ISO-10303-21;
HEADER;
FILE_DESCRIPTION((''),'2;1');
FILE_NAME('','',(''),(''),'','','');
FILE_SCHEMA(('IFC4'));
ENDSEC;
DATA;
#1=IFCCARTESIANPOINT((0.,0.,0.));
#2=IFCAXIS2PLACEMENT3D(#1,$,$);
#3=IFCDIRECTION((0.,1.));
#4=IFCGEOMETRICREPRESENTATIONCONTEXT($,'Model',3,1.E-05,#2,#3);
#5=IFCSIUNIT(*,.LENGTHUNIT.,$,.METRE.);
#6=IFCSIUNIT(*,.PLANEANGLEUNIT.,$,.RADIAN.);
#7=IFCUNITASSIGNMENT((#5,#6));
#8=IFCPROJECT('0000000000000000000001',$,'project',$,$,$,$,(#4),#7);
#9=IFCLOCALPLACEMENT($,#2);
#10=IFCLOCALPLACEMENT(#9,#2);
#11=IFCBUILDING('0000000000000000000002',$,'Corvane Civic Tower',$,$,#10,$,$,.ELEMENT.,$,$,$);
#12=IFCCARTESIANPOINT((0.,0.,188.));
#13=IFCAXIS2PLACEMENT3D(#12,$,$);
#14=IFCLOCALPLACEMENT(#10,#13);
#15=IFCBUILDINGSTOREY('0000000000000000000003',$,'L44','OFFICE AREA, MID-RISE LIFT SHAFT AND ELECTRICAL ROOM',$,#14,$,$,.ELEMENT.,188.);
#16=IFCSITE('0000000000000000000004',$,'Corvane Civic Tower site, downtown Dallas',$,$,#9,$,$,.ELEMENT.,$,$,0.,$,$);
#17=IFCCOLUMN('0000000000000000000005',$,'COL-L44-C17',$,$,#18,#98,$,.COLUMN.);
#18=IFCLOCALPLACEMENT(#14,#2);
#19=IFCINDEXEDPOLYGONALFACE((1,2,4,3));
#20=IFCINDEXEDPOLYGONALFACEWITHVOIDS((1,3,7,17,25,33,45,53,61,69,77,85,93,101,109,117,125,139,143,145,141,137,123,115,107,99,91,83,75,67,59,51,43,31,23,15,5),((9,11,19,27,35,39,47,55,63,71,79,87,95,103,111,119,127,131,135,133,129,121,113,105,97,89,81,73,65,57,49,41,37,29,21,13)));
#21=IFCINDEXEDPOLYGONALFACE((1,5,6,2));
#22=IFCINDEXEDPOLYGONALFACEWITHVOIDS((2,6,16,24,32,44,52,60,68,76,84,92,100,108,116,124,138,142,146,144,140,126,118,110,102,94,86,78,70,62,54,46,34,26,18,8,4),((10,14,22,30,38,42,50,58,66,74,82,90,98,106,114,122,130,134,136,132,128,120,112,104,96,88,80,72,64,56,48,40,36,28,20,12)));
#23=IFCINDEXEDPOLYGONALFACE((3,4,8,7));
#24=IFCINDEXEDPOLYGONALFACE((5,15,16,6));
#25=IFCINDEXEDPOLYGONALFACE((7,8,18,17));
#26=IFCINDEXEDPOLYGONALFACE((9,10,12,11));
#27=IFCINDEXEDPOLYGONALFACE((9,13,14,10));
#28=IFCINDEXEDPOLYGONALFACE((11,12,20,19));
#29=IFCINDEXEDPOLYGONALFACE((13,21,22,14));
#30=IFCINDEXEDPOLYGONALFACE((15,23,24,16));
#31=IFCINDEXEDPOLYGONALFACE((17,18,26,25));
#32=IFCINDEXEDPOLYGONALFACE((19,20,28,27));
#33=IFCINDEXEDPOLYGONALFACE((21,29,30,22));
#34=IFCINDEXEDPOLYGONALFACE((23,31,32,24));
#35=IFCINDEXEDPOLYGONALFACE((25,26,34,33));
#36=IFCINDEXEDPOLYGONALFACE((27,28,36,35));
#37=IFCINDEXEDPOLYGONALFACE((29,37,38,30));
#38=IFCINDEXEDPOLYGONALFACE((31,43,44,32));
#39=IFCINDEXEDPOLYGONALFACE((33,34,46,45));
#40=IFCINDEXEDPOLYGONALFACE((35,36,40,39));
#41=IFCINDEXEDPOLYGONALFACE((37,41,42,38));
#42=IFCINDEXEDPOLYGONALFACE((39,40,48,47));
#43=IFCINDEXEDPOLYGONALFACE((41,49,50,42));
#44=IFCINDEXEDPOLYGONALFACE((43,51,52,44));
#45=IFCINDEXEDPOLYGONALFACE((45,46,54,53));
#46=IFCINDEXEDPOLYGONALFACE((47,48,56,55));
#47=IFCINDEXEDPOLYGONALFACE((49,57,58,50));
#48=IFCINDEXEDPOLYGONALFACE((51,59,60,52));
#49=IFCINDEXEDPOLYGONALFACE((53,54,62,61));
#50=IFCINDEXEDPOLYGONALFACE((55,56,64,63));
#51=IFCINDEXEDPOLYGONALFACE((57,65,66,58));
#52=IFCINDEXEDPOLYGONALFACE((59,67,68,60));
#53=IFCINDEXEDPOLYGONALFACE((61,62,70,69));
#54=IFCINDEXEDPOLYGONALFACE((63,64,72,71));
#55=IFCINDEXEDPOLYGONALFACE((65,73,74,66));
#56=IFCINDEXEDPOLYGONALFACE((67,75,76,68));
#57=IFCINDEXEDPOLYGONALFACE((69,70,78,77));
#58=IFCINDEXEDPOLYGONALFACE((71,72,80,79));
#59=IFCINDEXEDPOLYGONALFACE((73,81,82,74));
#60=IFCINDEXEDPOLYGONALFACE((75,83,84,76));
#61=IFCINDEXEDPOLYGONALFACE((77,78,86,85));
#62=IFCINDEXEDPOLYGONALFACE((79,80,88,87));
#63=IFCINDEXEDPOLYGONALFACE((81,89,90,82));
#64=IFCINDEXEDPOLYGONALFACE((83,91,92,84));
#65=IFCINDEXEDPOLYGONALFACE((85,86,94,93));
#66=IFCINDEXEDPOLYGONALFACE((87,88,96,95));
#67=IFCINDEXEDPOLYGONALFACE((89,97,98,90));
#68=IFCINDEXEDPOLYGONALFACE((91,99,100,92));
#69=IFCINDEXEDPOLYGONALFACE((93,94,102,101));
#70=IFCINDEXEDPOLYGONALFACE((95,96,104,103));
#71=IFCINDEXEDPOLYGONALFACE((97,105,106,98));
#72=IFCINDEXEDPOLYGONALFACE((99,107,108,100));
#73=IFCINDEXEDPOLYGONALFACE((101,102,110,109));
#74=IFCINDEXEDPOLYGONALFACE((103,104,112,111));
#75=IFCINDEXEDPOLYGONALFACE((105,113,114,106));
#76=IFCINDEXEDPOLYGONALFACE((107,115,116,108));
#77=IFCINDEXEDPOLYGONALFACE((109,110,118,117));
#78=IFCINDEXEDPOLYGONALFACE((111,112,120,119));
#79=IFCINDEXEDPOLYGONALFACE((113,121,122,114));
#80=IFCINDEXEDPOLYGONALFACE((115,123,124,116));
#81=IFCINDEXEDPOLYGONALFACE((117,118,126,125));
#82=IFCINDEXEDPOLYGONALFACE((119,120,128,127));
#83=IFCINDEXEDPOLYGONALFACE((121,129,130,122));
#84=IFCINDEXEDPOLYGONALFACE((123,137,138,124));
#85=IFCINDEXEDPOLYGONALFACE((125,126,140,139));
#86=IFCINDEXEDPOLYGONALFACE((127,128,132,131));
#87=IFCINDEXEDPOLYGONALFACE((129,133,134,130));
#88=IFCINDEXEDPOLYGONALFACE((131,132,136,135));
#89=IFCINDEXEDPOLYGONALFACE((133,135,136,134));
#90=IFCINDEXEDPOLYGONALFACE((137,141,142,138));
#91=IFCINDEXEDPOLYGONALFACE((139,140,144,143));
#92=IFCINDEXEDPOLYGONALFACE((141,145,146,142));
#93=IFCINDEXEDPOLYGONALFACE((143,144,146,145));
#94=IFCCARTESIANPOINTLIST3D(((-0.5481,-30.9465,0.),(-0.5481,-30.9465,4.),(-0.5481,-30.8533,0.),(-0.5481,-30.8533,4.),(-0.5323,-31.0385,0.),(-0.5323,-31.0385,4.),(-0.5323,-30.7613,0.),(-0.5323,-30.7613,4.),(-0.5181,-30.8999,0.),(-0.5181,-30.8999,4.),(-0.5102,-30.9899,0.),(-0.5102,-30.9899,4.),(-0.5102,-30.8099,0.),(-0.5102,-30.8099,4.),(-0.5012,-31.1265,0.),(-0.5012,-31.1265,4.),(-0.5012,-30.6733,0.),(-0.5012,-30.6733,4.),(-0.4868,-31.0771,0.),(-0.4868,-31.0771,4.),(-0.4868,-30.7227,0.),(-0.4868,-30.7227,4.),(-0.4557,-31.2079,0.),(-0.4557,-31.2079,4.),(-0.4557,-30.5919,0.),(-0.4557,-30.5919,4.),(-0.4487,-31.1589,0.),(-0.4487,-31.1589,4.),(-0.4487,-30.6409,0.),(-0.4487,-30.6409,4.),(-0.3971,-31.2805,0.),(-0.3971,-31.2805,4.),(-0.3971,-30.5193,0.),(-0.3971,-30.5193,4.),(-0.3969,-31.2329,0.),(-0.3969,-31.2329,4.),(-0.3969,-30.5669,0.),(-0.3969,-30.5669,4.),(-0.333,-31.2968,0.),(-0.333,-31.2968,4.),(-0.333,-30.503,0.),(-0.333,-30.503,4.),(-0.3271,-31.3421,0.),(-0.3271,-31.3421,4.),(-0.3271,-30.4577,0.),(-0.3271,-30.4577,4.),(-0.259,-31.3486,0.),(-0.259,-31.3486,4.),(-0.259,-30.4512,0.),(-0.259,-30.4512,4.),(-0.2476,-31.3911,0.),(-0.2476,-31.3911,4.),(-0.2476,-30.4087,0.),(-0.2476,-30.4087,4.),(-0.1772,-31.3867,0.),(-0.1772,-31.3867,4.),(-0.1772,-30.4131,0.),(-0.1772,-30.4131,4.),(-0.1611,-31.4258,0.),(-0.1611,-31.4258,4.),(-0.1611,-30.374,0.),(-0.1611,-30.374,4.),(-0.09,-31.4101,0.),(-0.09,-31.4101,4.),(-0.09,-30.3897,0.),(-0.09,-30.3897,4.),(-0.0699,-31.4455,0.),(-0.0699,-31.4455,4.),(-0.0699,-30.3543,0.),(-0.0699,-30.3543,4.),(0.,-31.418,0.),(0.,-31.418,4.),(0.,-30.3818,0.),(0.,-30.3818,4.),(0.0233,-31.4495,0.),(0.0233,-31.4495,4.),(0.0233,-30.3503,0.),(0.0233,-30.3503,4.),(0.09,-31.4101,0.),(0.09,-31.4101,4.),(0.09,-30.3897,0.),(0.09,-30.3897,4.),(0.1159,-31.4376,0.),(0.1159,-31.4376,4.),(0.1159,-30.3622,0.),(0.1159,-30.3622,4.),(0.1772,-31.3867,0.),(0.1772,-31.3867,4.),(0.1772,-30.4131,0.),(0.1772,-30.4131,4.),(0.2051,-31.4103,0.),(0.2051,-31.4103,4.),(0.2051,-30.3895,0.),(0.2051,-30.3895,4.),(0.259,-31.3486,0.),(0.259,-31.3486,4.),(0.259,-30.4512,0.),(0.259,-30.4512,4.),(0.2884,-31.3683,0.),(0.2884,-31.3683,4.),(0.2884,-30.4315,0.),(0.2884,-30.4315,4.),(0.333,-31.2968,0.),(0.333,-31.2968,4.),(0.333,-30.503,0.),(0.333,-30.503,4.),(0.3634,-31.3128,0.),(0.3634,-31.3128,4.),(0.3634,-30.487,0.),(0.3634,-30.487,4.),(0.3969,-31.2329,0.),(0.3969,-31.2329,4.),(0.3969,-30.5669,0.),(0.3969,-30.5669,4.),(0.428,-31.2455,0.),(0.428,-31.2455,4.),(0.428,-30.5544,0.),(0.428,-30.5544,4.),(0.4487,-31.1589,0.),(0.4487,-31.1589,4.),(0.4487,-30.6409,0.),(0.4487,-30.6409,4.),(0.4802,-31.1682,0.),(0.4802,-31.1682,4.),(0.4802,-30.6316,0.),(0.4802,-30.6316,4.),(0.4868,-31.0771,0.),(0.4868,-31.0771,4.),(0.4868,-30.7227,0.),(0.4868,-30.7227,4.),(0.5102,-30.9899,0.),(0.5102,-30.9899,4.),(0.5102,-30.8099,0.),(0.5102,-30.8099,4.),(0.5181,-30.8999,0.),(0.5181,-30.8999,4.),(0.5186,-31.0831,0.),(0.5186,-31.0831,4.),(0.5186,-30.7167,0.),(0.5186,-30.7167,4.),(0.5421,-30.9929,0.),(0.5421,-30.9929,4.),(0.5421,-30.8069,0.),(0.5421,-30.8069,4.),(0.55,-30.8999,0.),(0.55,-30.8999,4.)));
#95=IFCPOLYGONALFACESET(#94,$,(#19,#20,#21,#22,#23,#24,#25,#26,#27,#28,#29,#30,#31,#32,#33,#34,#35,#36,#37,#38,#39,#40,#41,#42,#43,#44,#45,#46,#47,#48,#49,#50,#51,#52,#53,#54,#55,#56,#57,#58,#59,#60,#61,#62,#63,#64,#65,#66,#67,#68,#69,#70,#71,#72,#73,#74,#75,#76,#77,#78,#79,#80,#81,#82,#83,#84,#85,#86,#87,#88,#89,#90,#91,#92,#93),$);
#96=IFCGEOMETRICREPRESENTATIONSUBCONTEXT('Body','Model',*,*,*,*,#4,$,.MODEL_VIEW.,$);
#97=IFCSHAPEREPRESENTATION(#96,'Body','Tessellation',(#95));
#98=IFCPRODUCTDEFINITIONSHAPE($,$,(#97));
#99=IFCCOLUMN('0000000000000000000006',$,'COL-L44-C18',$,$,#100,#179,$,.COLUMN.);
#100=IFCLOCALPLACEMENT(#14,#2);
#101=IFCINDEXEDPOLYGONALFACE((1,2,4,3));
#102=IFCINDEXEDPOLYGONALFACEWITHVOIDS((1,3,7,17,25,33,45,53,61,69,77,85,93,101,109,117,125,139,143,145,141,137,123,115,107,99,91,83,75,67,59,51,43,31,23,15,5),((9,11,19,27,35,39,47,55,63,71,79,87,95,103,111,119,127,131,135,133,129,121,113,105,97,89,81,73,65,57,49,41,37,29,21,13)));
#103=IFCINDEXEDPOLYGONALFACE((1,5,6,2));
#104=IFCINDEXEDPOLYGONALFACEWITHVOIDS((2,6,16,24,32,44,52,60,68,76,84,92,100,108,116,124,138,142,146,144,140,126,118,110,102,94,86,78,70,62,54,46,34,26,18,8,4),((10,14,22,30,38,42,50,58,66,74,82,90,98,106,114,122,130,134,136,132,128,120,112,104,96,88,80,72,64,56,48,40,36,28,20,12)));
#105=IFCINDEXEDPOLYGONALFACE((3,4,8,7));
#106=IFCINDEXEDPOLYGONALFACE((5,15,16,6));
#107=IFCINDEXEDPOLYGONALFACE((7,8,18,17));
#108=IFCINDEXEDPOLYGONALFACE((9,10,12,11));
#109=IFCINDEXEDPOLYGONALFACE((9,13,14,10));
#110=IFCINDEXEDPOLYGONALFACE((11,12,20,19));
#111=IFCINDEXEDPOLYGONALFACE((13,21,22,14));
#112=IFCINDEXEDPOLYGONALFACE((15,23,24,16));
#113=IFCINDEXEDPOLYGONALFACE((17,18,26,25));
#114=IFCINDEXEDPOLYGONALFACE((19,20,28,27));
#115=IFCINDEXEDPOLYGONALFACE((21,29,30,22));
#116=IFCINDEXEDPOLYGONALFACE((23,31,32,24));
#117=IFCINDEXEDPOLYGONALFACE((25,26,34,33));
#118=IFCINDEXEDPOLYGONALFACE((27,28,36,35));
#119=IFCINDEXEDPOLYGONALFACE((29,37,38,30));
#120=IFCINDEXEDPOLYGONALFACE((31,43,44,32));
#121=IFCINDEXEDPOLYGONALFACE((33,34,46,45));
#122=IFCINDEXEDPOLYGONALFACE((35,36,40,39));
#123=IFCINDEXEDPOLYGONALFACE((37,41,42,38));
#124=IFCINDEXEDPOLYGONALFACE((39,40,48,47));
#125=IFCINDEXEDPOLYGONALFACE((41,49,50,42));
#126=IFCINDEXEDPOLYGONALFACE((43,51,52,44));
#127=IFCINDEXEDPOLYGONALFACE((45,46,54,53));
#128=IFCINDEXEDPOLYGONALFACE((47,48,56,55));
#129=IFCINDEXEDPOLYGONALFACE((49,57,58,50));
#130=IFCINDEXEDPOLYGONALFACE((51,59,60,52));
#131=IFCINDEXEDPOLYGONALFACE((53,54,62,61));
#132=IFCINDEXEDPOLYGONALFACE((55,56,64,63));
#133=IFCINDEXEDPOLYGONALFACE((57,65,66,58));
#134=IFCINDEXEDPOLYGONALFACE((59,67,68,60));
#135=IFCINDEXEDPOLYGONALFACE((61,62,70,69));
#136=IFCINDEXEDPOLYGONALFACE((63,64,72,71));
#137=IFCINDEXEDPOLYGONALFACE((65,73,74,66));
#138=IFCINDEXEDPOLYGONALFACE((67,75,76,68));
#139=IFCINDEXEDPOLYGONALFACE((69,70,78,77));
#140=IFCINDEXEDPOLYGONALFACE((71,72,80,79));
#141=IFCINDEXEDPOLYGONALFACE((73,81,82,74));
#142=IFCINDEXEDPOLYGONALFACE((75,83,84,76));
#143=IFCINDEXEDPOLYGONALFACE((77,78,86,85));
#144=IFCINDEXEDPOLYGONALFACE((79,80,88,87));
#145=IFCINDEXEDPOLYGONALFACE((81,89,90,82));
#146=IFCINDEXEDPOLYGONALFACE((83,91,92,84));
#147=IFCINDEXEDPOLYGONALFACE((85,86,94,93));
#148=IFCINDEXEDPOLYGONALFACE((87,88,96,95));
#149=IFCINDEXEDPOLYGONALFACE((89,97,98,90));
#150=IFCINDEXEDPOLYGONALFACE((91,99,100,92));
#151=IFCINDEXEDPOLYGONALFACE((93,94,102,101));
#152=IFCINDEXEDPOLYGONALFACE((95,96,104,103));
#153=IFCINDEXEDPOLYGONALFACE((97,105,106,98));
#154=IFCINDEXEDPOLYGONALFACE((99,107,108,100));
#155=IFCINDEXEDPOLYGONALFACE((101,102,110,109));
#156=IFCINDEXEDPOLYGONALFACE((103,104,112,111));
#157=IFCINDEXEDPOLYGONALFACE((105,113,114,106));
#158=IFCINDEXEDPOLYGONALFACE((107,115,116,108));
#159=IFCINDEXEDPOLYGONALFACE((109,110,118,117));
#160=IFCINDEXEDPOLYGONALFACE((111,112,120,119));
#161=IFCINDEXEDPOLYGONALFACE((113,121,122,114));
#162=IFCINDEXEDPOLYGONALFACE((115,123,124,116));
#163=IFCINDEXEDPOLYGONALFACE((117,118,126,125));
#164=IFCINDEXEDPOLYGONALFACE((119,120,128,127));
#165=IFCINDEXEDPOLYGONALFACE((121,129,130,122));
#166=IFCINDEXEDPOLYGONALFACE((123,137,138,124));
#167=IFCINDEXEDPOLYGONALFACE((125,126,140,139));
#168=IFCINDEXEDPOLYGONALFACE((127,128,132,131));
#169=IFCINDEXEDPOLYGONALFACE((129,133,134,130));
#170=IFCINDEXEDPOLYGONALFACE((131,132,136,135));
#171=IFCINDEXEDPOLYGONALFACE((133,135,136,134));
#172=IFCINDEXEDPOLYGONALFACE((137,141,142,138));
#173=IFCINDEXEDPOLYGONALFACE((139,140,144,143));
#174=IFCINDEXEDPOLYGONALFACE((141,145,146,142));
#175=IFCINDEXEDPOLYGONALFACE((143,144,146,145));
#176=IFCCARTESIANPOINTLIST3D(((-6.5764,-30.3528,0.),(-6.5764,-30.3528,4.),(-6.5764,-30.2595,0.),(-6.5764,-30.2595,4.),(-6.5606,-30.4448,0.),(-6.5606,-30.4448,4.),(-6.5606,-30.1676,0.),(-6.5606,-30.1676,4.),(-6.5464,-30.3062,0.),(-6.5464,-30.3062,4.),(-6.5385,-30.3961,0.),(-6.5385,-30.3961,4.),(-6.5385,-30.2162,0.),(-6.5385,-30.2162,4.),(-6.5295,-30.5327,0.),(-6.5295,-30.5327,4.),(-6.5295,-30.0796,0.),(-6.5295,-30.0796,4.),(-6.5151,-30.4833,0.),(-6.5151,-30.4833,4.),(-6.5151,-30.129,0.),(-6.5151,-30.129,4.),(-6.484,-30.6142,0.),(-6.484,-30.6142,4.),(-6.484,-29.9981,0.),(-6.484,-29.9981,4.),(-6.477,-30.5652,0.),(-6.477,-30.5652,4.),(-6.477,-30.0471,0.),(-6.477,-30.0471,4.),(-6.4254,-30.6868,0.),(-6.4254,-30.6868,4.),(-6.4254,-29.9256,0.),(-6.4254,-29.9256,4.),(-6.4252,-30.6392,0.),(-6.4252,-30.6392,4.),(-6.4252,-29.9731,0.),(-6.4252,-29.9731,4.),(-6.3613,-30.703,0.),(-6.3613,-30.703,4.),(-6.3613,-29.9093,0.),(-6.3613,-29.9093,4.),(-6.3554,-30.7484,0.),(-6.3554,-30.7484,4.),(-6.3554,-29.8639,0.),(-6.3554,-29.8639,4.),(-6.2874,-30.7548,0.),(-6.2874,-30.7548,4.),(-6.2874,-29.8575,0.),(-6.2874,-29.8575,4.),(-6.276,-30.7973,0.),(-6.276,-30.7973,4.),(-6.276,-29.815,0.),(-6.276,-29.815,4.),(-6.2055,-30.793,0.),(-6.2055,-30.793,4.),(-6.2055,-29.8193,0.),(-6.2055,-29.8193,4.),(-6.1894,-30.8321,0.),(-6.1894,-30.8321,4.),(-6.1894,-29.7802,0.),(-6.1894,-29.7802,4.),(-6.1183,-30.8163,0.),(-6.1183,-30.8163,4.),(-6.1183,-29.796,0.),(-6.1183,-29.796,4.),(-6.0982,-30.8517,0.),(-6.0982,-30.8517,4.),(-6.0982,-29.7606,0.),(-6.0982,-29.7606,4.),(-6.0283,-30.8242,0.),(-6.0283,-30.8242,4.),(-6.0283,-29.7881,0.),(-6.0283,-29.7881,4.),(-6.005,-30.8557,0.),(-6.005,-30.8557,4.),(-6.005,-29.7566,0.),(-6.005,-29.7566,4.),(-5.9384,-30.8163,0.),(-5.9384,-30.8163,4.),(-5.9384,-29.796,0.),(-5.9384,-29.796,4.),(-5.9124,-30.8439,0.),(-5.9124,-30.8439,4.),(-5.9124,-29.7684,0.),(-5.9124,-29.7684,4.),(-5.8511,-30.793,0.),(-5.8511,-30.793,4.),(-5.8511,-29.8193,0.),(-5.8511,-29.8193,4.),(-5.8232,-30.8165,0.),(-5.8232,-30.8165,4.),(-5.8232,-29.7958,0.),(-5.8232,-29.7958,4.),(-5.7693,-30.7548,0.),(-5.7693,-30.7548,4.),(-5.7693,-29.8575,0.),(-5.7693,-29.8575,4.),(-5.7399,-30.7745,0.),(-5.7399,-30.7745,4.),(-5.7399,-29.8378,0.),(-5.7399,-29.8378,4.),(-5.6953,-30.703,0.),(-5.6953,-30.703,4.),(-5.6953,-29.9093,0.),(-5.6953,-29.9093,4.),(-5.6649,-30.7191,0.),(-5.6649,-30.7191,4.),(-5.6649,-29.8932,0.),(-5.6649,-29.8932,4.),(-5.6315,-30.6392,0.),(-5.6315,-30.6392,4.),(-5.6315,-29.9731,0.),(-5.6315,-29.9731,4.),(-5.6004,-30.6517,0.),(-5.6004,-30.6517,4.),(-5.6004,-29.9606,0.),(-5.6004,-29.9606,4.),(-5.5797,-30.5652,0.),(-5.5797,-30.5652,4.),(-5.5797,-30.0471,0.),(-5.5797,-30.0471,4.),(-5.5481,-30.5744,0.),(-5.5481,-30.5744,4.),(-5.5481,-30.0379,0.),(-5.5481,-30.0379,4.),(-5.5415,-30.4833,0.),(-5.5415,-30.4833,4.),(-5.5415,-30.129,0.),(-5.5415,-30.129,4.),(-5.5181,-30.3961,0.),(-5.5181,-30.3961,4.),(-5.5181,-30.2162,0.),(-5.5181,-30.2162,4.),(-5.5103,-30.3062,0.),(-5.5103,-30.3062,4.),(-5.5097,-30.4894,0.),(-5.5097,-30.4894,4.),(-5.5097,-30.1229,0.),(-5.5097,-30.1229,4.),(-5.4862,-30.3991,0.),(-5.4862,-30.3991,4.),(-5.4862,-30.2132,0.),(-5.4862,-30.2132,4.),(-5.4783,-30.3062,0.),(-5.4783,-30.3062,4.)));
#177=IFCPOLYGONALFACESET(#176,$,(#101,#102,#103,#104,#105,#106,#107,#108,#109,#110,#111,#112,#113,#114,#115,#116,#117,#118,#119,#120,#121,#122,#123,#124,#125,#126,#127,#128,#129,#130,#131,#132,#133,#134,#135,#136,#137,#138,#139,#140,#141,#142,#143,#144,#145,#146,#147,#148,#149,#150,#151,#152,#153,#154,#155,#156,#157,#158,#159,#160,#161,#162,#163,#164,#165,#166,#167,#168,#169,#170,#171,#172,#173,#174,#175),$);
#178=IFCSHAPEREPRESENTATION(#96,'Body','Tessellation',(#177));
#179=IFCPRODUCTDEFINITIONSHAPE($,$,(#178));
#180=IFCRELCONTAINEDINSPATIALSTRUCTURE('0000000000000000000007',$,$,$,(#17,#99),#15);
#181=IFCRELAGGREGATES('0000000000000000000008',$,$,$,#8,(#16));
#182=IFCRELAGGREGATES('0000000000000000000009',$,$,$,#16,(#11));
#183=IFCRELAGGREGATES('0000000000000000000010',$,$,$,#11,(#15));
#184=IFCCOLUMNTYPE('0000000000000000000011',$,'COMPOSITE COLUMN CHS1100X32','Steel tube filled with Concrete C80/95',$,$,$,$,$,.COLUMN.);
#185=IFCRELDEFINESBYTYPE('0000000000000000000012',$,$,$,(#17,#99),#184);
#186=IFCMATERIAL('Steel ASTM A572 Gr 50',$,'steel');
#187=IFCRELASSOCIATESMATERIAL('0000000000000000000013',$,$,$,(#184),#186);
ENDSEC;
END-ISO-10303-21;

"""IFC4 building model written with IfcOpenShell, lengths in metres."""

from ifc_helpers import new_model, si_unit, direction, frame, origin, origin_2d, place, context, subcontext, project, spatial, hollow_circle, extrude, material, material_profile, profile_set, type_object, element, save


model = new_model("IFC4")

# Units and contexts
model_context = context("Model", 3, precision=1e-05, world=origin(), true_north=direction((0.0, 1.0)))
body_context = subcontext(model_context, "Body", "Model", "MODEL_VIEW")
ifc_project = project(units=[si_unit("LENGTHUNIT", "METRE"), si_unit("PLANEANGLEUNIT", "RADIAN")], contexts=[model_context])

# Site, building, storey
site_placement = place(None, origin())
site = spatial("IfcSite", under=ifc_project, at=site_placement, Name="Corvane Civic Tower site, downtown Dallas", CompositionType="ELEMENT", RefElevation=0.0)
building_placement = place(site_placement, origin())
building = spatial("IfcBuilding", under=site, at=building_placement, Name="Corvane Civic Tower", CompositionType="ELEMENT")
storey_placement = place(building_placement, frame((0.0, 0.0, 188.0)))
storey = spatial("IfcBuildingStorey", under=building, at=storey_placement, Name="L44", Description="OFFICE AREA, MID-RISE LIFT SHAFT AND ELECTRICAL ROOM", CompositionType="ELEMENT", Elevation=188.0)

# Columns
ifc_material_1 = material(Name="Steel ASTM A572 Gr 50", Category="steel")
ifc_material_profile_1 = material_profile(ifc_material_1, hollow_circle(Radius=0.55, WallThickness=0.032, at=origin_2d()), Name="CHS1100X32")
ifc_profile_set_1 = profile_set([ifc_material_profile_1], Name="Steel ASTM A572 Gr 50")
column_type = type_object("IfcColumnType", Name="COMPOSITE COLUMN CHS1100X32", Description="Steel tube filled with Concrete C80/95", PredefinedType="COLUMN", material=ifc_profile_set_1)
for number, where, z_axis, x_axis, name in (
    (1, (0.0, -30.8999, 0.0), (0.0, 0.0, 1.0), (1.0, 0.0, 0.0), "COL-L44-C17"),
    (2, (-6.0283, -30.3062, 0.0), (0.0, 0.0, 1.0), (1.0, 0.0, 0.0), "COL-L44-C18"),
):
    element("IfcColumn", number, at=place(storey_placement, frame(where, z_axis=z_axis, x_axis=x_axis)), inside=storey, type_object=column_type, Name=name, PredefinedType="COLUMN", context=body_context, shape_type="SweptSolid", body=[
        extrude(hollow_circle(Radius=0.55, WallThickness=0.032, at=origin_2d()), origin(), (0.0, 0.0, 1.0), 4.0),
    ])

save(model, "model.ifc")
